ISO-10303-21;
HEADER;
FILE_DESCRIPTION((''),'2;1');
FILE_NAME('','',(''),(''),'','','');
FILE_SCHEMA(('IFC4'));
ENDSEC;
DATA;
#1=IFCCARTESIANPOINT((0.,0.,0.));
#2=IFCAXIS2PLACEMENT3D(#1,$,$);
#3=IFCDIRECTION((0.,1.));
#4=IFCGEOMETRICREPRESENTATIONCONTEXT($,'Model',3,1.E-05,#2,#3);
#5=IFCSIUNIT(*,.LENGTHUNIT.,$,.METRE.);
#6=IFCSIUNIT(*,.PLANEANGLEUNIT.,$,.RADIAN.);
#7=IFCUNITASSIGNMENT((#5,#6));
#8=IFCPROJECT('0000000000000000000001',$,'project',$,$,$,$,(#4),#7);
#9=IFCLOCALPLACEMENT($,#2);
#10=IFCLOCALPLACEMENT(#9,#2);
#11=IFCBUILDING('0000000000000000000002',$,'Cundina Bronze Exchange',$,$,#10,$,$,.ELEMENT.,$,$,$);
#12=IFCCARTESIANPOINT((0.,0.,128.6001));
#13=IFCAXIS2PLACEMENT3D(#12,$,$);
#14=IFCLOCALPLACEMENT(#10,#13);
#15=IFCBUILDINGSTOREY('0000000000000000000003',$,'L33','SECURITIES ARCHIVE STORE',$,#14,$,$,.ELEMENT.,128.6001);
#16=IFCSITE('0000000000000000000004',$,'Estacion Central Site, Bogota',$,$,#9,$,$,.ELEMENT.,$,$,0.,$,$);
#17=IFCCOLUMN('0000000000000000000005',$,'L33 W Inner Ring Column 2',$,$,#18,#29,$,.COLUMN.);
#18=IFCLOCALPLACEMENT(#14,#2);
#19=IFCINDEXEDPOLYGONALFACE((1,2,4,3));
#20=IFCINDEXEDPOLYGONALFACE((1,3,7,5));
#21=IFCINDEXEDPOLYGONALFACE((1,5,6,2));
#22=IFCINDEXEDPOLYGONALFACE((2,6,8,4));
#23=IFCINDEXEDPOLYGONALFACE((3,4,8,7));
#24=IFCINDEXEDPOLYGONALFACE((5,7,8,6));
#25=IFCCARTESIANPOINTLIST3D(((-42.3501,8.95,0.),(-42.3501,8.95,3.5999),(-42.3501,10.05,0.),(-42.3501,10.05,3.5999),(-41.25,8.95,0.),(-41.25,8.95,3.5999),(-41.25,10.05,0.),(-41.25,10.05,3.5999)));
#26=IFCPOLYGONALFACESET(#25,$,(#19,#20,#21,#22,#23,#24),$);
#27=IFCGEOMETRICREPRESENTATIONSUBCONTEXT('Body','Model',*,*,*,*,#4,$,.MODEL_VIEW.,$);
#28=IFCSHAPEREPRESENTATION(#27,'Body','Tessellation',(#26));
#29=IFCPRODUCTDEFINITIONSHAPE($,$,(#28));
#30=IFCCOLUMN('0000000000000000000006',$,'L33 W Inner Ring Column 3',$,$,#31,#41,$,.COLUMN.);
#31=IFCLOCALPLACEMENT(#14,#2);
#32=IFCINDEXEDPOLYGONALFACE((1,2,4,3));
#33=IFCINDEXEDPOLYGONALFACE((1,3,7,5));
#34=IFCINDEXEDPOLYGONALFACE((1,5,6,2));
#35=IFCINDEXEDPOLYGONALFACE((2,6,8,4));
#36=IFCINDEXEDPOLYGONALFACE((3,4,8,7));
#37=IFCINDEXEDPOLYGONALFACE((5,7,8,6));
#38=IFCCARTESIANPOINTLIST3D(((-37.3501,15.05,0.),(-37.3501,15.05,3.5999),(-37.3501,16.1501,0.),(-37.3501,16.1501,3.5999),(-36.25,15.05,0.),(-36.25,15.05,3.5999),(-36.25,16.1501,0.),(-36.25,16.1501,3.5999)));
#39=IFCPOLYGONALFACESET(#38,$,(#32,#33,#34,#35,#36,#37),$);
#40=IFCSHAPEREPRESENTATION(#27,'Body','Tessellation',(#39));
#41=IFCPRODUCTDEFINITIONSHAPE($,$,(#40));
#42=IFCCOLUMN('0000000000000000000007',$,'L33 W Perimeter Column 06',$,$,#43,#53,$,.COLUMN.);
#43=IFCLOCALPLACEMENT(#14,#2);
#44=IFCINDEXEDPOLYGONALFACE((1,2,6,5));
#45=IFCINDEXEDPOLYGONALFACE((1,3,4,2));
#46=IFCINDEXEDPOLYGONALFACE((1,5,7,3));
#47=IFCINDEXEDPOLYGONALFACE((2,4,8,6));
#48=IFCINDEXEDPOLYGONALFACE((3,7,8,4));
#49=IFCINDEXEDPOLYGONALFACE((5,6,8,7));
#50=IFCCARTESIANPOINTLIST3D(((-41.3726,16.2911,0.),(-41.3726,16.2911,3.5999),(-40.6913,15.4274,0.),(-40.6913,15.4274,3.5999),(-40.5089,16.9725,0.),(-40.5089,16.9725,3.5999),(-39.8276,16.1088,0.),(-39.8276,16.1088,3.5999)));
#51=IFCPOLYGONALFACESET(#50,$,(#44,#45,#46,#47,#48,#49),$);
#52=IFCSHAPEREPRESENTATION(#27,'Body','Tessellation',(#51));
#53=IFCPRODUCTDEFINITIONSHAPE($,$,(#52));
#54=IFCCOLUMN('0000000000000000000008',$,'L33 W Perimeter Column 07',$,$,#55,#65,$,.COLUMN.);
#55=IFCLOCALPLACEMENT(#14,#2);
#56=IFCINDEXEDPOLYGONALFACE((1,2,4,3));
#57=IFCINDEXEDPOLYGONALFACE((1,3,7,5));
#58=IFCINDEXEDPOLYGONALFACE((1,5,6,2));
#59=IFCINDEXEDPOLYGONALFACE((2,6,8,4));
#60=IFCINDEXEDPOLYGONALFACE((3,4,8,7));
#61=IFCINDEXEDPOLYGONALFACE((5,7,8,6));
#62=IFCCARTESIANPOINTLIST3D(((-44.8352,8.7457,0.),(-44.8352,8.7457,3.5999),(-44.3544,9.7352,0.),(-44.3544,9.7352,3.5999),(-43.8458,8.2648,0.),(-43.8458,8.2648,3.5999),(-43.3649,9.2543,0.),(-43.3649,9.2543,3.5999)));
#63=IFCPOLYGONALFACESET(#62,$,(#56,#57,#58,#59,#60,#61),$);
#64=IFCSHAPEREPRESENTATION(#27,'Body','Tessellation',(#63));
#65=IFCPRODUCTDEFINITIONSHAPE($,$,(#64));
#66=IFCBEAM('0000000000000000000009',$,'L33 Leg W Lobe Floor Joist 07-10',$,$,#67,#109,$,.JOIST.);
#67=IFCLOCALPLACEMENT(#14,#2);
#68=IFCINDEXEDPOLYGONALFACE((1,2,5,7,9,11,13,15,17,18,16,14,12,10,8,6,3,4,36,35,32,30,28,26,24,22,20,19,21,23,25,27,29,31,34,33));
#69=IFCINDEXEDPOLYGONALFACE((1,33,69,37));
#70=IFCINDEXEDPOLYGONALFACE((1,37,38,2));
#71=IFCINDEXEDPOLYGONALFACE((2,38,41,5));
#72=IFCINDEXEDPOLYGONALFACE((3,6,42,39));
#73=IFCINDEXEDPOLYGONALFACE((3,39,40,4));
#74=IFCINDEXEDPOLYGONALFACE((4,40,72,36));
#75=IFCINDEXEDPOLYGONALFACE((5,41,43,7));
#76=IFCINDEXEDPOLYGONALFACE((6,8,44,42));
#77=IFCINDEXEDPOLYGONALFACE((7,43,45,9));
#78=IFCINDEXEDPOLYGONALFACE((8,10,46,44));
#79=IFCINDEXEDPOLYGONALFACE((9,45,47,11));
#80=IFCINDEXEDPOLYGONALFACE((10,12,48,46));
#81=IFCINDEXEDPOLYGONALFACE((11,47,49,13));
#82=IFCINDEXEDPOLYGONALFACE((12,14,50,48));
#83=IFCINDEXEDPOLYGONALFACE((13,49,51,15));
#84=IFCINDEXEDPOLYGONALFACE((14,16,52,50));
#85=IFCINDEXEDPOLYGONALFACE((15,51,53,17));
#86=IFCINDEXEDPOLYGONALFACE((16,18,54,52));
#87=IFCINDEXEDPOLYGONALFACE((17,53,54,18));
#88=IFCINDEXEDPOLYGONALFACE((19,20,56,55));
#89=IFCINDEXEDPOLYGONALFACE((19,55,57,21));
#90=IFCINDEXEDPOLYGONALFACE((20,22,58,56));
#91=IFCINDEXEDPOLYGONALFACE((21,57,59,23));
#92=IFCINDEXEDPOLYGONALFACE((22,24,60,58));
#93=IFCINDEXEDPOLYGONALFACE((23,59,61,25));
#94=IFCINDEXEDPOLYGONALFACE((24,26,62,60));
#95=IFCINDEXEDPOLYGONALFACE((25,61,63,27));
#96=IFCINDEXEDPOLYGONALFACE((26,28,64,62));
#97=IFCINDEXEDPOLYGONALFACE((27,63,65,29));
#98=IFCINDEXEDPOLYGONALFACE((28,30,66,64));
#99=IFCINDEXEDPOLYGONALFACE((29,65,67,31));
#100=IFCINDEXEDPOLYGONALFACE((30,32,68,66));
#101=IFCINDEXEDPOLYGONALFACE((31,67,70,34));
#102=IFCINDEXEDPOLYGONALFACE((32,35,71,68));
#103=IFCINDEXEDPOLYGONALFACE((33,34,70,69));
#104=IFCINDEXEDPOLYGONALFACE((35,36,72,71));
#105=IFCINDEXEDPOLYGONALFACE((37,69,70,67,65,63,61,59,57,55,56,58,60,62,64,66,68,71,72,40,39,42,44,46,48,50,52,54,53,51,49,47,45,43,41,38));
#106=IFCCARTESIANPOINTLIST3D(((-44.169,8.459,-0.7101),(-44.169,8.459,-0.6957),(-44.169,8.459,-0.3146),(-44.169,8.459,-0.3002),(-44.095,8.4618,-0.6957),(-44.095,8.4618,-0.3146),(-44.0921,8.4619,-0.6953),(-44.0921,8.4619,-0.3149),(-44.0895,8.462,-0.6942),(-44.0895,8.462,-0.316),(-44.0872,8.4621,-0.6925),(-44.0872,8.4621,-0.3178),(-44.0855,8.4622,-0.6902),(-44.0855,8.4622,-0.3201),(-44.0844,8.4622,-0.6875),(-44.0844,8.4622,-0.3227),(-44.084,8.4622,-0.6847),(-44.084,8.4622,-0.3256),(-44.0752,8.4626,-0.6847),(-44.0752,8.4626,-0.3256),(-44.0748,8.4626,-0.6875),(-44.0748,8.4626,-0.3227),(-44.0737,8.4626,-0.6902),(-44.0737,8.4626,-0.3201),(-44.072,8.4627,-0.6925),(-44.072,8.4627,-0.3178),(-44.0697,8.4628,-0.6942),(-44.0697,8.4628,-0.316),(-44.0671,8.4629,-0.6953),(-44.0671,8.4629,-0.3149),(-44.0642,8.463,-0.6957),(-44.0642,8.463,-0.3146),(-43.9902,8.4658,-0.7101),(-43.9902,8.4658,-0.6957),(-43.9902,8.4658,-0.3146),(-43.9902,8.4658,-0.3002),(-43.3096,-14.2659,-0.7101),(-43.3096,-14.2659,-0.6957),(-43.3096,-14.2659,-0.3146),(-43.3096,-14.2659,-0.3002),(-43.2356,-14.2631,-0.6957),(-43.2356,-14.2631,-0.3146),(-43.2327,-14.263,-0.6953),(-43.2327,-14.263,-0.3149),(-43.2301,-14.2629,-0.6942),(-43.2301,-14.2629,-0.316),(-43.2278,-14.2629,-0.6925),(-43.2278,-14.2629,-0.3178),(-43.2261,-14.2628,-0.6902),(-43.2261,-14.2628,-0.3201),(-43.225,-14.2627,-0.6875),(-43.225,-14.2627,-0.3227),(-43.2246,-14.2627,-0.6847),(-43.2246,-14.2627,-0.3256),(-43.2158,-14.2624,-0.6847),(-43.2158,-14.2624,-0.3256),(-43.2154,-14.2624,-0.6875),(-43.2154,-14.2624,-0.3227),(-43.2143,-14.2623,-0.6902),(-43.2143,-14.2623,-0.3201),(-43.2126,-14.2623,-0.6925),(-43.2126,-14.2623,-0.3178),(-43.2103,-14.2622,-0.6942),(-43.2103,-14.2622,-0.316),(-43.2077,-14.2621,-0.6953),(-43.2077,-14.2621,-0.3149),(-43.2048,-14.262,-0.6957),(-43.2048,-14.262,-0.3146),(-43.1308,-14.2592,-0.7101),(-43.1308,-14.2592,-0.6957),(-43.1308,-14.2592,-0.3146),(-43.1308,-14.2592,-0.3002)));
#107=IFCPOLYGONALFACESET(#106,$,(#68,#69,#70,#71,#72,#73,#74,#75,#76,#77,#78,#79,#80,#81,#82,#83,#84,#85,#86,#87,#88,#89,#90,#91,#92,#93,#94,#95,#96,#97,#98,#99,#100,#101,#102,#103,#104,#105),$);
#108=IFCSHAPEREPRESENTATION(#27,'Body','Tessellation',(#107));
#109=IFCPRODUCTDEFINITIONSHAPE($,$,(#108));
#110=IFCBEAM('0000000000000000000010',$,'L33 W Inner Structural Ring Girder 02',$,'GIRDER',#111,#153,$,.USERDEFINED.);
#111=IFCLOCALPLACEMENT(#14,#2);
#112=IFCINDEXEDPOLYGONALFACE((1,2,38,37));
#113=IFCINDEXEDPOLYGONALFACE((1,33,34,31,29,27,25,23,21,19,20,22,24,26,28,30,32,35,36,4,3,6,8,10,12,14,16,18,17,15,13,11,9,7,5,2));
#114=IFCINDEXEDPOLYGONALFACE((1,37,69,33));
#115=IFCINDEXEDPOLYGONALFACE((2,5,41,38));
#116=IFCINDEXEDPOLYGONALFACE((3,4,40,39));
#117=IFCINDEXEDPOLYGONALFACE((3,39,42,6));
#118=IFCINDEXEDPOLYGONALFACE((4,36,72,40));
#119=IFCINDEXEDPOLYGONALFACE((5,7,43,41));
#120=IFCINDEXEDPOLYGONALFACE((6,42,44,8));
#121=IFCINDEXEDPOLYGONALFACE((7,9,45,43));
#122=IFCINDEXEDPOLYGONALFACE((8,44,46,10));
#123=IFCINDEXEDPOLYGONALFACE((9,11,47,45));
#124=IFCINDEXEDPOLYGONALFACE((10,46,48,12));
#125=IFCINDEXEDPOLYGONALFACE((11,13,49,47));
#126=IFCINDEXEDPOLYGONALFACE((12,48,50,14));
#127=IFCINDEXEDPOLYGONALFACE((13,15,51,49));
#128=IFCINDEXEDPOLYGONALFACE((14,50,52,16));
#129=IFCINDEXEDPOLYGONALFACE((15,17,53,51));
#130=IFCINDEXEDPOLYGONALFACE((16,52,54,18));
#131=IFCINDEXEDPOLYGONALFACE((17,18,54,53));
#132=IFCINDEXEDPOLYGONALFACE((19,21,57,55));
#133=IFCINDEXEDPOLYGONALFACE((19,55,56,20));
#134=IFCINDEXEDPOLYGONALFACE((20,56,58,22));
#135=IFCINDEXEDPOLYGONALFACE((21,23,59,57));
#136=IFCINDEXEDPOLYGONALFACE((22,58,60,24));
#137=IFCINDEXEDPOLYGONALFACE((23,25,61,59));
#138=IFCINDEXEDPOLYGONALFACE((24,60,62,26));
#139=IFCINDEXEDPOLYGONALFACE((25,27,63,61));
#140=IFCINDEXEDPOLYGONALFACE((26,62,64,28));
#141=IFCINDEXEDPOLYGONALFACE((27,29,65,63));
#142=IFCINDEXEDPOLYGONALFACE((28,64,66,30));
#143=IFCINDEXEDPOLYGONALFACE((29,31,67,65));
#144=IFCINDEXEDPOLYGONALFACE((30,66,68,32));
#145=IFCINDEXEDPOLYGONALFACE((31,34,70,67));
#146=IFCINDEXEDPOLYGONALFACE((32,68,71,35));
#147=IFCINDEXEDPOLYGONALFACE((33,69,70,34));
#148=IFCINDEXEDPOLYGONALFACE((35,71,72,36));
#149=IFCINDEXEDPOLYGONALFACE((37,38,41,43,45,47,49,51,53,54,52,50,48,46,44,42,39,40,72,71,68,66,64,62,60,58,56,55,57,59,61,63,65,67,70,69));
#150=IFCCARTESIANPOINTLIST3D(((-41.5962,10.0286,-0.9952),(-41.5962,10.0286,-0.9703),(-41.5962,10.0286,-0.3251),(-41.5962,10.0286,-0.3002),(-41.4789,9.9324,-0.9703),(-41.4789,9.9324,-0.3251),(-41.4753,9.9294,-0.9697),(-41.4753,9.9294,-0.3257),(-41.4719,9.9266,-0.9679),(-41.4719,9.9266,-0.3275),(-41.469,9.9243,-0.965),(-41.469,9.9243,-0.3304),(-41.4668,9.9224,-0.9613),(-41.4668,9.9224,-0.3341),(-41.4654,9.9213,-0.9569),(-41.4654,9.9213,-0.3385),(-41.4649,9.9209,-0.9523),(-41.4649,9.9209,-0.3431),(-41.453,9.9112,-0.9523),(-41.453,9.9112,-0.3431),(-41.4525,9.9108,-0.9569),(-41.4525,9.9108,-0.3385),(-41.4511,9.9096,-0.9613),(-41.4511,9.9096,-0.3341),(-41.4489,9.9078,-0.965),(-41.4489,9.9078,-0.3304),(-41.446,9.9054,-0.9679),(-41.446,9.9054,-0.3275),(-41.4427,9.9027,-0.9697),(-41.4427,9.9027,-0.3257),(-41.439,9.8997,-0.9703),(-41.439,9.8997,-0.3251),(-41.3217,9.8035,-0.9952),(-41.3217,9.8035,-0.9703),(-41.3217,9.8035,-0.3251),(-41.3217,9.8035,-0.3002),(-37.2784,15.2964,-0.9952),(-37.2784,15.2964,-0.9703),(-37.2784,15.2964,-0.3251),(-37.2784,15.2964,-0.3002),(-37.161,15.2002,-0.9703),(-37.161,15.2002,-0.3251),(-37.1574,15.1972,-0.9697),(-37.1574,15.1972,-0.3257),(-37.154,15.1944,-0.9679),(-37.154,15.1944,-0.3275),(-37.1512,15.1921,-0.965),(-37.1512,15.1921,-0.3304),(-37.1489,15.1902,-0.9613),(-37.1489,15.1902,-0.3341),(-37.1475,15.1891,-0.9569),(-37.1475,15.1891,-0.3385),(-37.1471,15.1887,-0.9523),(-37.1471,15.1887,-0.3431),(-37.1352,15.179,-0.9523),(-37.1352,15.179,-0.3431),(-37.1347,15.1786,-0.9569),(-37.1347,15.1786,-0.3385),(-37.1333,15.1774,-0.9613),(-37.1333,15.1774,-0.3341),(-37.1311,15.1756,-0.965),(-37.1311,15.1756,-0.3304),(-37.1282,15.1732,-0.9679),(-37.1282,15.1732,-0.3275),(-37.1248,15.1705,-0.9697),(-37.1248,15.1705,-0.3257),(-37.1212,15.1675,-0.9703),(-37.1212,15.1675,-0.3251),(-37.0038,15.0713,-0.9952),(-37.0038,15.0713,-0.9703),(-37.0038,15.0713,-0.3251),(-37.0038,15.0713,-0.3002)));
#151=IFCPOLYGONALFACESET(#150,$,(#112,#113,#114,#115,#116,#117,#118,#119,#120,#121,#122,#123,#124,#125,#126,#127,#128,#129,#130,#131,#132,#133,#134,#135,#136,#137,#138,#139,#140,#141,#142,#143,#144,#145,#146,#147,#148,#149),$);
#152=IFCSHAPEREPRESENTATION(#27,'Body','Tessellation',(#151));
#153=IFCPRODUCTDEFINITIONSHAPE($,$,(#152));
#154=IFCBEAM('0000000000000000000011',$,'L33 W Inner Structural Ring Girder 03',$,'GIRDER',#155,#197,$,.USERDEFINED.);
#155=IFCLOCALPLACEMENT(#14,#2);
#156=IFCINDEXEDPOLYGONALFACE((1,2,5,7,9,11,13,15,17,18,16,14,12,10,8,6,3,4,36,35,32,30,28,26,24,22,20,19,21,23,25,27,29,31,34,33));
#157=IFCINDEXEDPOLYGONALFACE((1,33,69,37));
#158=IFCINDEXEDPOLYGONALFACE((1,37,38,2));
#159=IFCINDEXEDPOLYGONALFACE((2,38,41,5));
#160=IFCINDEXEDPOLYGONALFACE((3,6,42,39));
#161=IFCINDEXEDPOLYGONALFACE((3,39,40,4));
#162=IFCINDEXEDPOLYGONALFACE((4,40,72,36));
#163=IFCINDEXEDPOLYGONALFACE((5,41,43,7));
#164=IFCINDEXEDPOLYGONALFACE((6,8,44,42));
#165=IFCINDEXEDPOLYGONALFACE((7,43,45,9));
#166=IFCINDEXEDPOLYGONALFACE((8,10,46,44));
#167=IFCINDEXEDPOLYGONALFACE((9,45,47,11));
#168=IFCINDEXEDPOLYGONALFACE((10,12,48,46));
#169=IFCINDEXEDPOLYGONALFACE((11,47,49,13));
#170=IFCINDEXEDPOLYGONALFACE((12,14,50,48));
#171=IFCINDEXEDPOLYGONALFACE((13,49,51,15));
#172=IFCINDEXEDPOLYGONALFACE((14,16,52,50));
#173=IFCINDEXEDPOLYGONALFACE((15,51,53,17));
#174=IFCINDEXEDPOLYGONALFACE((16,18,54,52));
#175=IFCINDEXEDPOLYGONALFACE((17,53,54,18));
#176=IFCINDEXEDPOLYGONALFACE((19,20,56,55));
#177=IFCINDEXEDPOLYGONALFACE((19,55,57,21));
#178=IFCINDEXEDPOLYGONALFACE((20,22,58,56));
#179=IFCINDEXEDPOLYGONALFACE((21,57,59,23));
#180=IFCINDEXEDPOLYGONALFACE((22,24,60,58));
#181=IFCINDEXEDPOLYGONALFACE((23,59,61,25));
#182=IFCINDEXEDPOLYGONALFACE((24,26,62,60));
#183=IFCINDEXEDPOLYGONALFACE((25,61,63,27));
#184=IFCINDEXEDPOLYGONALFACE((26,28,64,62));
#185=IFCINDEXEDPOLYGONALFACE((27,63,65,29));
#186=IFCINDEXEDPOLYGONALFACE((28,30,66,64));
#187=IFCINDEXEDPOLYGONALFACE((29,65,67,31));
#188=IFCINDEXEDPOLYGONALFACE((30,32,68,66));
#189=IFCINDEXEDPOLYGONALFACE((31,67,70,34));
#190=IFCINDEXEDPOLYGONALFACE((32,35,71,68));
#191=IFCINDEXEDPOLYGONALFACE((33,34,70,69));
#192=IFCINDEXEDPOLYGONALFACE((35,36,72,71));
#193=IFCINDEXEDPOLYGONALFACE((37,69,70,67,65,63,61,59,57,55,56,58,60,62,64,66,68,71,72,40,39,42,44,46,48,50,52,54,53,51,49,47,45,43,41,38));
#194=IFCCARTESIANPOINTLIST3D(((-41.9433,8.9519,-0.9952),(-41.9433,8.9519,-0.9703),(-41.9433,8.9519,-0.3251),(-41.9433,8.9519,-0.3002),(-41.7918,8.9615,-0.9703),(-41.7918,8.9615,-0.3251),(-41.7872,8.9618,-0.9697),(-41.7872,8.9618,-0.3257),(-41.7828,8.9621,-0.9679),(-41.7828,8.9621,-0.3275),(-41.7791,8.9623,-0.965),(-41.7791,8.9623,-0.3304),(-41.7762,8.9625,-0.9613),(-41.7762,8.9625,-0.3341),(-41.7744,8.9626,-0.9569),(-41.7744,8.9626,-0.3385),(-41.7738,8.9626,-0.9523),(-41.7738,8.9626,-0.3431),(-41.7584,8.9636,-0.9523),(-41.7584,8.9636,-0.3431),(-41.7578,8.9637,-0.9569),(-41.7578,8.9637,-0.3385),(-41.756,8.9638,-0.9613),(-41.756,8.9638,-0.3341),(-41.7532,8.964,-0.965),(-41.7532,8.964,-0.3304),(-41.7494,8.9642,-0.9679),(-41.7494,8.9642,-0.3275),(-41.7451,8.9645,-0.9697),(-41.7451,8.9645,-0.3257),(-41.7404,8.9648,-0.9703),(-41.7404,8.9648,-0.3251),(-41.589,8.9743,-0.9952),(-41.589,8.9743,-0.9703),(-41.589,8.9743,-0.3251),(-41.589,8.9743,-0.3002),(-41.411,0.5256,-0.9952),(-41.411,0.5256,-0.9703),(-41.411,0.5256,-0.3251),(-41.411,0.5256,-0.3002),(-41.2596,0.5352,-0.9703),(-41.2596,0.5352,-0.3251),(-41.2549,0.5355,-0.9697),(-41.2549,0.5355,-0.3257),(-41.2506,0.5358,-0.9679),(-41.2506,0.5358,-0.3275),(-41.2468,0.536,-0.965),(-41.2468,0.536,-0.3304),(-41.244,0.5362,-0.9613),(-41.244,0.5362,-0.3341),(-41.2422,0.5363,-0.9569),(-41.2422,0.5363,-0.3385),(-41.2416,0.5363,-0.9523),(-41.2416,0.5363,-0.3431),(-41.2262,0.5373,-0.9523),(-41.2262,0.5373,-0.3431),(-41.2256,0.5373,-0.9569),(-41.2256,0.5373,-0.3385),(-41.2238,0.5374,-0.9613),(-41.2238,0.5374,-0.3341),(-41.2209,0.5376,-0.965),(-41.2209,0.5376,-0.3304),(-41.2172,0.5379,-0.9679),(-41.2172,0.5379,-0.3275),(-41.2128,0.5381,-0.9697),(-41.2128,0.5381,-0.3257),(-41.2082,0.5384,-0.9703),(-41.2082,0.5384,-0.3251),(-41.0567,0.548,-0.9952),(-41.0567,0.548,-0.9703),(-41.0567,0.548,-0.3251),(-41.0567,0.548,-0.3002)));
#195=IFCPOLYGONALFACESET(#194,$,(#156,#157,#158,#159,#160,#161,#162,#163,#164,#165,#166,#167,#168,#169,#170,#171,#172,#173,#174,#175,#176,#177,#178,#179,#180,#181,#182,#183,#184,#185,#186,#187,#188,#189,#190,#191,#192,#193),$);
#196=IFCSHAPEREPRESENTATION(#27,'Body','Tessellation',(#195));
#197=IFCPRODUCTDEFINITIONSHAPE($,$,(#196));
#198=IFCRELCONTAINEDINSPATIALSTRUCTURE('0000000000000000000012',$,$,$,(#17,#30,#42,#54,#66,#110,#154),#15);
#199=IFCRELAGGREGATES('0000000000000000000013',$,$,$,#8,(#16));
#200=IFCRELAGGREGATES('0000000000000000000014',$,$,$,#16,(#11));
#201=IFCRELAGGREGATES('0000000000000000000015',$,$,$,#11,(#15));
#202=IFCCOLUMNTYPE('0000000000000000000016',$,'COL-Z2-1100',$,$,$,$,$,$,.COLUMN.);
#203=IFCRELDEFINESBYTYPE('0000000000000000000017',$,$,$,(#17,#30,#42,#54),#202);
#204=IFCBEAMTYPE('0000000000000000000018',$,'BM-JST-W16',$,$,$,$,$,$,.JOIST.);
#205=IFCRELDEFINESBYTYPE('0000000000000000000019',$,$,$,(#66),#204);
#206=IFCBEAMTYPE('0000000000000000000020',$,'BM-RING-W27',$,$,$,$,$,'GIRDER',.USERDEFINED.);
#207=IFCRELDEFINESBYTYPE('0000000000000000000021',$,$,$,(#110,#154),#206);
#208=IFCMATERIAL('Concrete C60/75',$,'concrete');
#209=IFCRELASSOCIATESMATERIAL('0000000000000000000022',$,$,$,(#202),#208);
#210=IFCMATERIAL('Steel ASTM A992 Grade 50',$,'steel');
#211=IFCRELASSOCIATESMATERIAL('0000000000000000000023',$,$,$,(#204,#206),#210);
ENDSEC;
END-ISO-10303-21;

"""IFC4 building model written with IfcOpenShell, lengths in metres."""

from ifc_helpers import new_model, si_unit, direction, frame, origin, origin_2d, place, context, subcontext, project, spatial, rectangle, i_section, extrude, material, material_profile, profile_set, type_object, element, save


model = new_model("IFC4")

# Units and contexts
model_context = context("Model", 3, precision=1e-05, world=origin(), true_north=direction((0.0, 1.0)))
body_context = subcontext(model_context, "Body", "Model", "MODEL_VIEW")
ifc_project = project(units=[si_unit("LENGTHUNIT", "METRE"), si_unit("PLANEANGLEUNIT", "RADIAN")], contexts=[model_context])

# Site, building, storey
site_placement = place(None, origin())
site = spatial("IfcSite", under=ifc_project, at=site_placement, Name="Estacion Central Site, Bogota", CompositionType="ELEMENT", RefElevation=0.0)
building_placement = place(site_placement, origin())
building = spatial("IfcBuilding", under=site, at=building_placement, Name="Cundina Bronze Exchange", CompositionType="ELEMENT")
storey_placement = place(building_placement, frame((0.0, 0.0, 128.6001)))
storey = spatial("IfcBuildingStorey", under=building, at=storey_placement, Name="L33", Description="SECURITIES ARCHIVE STORE", CompositionType="ELEMENT", Elevation=128.6001)

# Columns
ifc_material_1 = material(Name="Concrete C60/75", Category="concrete")
ifc_material_profile_1 = material_profile(ifc_material_1, rectangle(XDim=1.1001, YDim=1.1001, at=origin_2d()), Name="RC1100X1100", Category="concrete")
ifc_profile_set_1 = profile_set([ifc_material_profile_1], Name="Concrete C60/75")
column_type = type_object("IfcColumnType", Name="COL-Z2-1100", PredefinedType="COLUMN", material=ifc_profile_set_1)
for number, where, z_axis, x_axis, name in (
    (1, (-41.8, 9.5, 0.0), (0.0, 0.0, 1.0), (1.0, 0.0, 0.0), "L33 W Inner Ring Column 2"),
    (2, (-36.8, 15.6001, 0.0), (0.0, 0.0, 1.0), (1.0, 0.0, 0.0), "L33 W Inner Ring Column 3"),
    (3, (-40.6001, 16.2, 0.0), (0.0, 0.0, 1.0), (-0.785101, -0.619368, 0.0), "L33 W Perimeter Column 06"),
    (4, (-44.1001, 9.0, 0.0), (0.0, 0.0, 1.0), (-0.437116, -0.899405, 0.0), "L33 W Perimeter Column 07"),
):
    element("IfcColumn", number, at=place(storey_placement, frame(where, z_axis=z_axis, x_axis=x_axis)), inside=storey, type_object=column_type, Name=name, PredefinedType="COLUMN", context=body_context, shape_type="SweptSolid", body=[
        extrude(rectangle(XDim=1.1001, YDim=1.1001, at=origin_2d()), origin(), (0.0, 0.0, 1.0), 3.5999),
    ])

# Beams
ifc_material_2 = material(Name="Steel ASTM A992 Grade 50", Category="steel")
ifc_material_profile_2 = material_profile(ifc_material_2, i_section(OverallWidth=0.179, OverallDepth=0.4099, WebThickness=0.0088, FlangeThickness=0.0144, FilletRadius=0.011, at=origin_2d()), Name="W16X45", Category="steel")
ifc_profile_set_2 = profile_set([ifc_material_profile_2], Name="Steel ASTM A992 Grade 50")
beam_type_1 = type_object("IfcBeamType", Name="BM-JST-W16", PredefinedType="JOIST", material=ifc_profile_set_2)
beam_1_placement = place(storey_placement, frame((-44.0796, 8.4624, -0.5051), z_axis=(0.03779, -0.999286, 0.0), x_axis=(0.999286, 0.03779, 0.0)))
element("IfcBeam", 5, at=beam_1_placement, inside=storey, type_object=beam_type_1, Name="L33 Leg W Lobe Floor Joist 07-10", PredefinedType="JOIST", context=body_context, shape_type="SweptSolid", body=[
    extrude(i_section(OverallWidth=0.179, OverallDepth=0.4099, WebThickness=0.0088, FlangeThickness=0.0144, FilletRadius=0.011, at=origin_2d()), origin(), (0.0, 0.0, 1.0), 22.7412),
])
ifc_material_profile_3 = material_profile(ifc_material_2, i_section(OverallWidth=0.355, OverallDepth=0.6951, WebThickness=0.0154, FlangeThickness=0.0249, FilletRadius=0.0181, at=origin_2d()), Name="W27X146", Category="steel")
ifc_profile_set_3 = profile_set([ifc_material_profile_3], Name="Steel ASTM A992 Grade 50")
beam_type_2 = type_object("IfcBeamType", Name="BM-RING-W27", ElementType="GIRDER", PredefinedType="USERDEFINED", material=ifc_profile_set_3)
beam_2_placement = place(storey_placement, frame((-37.1411, 15.1838, -0.6477), z_axis=(-0.633927, -0.773393, 0.0), x_axis=(0.773393, -0.633927, 0.0)))
element("IfcBeam", 6, at=beam_2_placement, inside=storey, type_object=beam_type_2, Name="L33 W Inner Structural Ring Girder 02", ObjectType="GIRDER", PredefinedType="USERDEFINED", context=body_context, shape_type="SweptSolid", body=[
    extrude(i_section(OverallWidth=0.355, OverallDepth=0.6951, WebThickness=0.0154, FlangeThickness=0.0249, FilletRadius=0.0181, at=origin_2d()), origin(), (0.0, 0.0, 1.0), 6.8113),
])
beam_3_placement = place(storey_placement, frame((-41.7661, 8.9631, -0.6477), z_axis=(0.063037, -0.998011, 0.0), x_axis=(0.998011, 0.063037, 0.0)))
element("IfcBeam", 7, at=beam_3_placement, inside=storey, type_object=beam_type_2, Name="L33 W Inner Structural Ring Girder 03", ObjectType="GIRDER", PredefinedType="USERDEFINED", context=body_context, shape_type="SweptSolid", body=[
    extrude(i_section(OverallWidth=0.355, OverallDepth=0.6951, WebThickness=0.0154, FlangeThickness=0.0249, FilletRadius=0.0181, at=origin_2d()), origin(), (0.0, 0.0, 1.0), 8.4431),
])

save(model, "model.ifc")
